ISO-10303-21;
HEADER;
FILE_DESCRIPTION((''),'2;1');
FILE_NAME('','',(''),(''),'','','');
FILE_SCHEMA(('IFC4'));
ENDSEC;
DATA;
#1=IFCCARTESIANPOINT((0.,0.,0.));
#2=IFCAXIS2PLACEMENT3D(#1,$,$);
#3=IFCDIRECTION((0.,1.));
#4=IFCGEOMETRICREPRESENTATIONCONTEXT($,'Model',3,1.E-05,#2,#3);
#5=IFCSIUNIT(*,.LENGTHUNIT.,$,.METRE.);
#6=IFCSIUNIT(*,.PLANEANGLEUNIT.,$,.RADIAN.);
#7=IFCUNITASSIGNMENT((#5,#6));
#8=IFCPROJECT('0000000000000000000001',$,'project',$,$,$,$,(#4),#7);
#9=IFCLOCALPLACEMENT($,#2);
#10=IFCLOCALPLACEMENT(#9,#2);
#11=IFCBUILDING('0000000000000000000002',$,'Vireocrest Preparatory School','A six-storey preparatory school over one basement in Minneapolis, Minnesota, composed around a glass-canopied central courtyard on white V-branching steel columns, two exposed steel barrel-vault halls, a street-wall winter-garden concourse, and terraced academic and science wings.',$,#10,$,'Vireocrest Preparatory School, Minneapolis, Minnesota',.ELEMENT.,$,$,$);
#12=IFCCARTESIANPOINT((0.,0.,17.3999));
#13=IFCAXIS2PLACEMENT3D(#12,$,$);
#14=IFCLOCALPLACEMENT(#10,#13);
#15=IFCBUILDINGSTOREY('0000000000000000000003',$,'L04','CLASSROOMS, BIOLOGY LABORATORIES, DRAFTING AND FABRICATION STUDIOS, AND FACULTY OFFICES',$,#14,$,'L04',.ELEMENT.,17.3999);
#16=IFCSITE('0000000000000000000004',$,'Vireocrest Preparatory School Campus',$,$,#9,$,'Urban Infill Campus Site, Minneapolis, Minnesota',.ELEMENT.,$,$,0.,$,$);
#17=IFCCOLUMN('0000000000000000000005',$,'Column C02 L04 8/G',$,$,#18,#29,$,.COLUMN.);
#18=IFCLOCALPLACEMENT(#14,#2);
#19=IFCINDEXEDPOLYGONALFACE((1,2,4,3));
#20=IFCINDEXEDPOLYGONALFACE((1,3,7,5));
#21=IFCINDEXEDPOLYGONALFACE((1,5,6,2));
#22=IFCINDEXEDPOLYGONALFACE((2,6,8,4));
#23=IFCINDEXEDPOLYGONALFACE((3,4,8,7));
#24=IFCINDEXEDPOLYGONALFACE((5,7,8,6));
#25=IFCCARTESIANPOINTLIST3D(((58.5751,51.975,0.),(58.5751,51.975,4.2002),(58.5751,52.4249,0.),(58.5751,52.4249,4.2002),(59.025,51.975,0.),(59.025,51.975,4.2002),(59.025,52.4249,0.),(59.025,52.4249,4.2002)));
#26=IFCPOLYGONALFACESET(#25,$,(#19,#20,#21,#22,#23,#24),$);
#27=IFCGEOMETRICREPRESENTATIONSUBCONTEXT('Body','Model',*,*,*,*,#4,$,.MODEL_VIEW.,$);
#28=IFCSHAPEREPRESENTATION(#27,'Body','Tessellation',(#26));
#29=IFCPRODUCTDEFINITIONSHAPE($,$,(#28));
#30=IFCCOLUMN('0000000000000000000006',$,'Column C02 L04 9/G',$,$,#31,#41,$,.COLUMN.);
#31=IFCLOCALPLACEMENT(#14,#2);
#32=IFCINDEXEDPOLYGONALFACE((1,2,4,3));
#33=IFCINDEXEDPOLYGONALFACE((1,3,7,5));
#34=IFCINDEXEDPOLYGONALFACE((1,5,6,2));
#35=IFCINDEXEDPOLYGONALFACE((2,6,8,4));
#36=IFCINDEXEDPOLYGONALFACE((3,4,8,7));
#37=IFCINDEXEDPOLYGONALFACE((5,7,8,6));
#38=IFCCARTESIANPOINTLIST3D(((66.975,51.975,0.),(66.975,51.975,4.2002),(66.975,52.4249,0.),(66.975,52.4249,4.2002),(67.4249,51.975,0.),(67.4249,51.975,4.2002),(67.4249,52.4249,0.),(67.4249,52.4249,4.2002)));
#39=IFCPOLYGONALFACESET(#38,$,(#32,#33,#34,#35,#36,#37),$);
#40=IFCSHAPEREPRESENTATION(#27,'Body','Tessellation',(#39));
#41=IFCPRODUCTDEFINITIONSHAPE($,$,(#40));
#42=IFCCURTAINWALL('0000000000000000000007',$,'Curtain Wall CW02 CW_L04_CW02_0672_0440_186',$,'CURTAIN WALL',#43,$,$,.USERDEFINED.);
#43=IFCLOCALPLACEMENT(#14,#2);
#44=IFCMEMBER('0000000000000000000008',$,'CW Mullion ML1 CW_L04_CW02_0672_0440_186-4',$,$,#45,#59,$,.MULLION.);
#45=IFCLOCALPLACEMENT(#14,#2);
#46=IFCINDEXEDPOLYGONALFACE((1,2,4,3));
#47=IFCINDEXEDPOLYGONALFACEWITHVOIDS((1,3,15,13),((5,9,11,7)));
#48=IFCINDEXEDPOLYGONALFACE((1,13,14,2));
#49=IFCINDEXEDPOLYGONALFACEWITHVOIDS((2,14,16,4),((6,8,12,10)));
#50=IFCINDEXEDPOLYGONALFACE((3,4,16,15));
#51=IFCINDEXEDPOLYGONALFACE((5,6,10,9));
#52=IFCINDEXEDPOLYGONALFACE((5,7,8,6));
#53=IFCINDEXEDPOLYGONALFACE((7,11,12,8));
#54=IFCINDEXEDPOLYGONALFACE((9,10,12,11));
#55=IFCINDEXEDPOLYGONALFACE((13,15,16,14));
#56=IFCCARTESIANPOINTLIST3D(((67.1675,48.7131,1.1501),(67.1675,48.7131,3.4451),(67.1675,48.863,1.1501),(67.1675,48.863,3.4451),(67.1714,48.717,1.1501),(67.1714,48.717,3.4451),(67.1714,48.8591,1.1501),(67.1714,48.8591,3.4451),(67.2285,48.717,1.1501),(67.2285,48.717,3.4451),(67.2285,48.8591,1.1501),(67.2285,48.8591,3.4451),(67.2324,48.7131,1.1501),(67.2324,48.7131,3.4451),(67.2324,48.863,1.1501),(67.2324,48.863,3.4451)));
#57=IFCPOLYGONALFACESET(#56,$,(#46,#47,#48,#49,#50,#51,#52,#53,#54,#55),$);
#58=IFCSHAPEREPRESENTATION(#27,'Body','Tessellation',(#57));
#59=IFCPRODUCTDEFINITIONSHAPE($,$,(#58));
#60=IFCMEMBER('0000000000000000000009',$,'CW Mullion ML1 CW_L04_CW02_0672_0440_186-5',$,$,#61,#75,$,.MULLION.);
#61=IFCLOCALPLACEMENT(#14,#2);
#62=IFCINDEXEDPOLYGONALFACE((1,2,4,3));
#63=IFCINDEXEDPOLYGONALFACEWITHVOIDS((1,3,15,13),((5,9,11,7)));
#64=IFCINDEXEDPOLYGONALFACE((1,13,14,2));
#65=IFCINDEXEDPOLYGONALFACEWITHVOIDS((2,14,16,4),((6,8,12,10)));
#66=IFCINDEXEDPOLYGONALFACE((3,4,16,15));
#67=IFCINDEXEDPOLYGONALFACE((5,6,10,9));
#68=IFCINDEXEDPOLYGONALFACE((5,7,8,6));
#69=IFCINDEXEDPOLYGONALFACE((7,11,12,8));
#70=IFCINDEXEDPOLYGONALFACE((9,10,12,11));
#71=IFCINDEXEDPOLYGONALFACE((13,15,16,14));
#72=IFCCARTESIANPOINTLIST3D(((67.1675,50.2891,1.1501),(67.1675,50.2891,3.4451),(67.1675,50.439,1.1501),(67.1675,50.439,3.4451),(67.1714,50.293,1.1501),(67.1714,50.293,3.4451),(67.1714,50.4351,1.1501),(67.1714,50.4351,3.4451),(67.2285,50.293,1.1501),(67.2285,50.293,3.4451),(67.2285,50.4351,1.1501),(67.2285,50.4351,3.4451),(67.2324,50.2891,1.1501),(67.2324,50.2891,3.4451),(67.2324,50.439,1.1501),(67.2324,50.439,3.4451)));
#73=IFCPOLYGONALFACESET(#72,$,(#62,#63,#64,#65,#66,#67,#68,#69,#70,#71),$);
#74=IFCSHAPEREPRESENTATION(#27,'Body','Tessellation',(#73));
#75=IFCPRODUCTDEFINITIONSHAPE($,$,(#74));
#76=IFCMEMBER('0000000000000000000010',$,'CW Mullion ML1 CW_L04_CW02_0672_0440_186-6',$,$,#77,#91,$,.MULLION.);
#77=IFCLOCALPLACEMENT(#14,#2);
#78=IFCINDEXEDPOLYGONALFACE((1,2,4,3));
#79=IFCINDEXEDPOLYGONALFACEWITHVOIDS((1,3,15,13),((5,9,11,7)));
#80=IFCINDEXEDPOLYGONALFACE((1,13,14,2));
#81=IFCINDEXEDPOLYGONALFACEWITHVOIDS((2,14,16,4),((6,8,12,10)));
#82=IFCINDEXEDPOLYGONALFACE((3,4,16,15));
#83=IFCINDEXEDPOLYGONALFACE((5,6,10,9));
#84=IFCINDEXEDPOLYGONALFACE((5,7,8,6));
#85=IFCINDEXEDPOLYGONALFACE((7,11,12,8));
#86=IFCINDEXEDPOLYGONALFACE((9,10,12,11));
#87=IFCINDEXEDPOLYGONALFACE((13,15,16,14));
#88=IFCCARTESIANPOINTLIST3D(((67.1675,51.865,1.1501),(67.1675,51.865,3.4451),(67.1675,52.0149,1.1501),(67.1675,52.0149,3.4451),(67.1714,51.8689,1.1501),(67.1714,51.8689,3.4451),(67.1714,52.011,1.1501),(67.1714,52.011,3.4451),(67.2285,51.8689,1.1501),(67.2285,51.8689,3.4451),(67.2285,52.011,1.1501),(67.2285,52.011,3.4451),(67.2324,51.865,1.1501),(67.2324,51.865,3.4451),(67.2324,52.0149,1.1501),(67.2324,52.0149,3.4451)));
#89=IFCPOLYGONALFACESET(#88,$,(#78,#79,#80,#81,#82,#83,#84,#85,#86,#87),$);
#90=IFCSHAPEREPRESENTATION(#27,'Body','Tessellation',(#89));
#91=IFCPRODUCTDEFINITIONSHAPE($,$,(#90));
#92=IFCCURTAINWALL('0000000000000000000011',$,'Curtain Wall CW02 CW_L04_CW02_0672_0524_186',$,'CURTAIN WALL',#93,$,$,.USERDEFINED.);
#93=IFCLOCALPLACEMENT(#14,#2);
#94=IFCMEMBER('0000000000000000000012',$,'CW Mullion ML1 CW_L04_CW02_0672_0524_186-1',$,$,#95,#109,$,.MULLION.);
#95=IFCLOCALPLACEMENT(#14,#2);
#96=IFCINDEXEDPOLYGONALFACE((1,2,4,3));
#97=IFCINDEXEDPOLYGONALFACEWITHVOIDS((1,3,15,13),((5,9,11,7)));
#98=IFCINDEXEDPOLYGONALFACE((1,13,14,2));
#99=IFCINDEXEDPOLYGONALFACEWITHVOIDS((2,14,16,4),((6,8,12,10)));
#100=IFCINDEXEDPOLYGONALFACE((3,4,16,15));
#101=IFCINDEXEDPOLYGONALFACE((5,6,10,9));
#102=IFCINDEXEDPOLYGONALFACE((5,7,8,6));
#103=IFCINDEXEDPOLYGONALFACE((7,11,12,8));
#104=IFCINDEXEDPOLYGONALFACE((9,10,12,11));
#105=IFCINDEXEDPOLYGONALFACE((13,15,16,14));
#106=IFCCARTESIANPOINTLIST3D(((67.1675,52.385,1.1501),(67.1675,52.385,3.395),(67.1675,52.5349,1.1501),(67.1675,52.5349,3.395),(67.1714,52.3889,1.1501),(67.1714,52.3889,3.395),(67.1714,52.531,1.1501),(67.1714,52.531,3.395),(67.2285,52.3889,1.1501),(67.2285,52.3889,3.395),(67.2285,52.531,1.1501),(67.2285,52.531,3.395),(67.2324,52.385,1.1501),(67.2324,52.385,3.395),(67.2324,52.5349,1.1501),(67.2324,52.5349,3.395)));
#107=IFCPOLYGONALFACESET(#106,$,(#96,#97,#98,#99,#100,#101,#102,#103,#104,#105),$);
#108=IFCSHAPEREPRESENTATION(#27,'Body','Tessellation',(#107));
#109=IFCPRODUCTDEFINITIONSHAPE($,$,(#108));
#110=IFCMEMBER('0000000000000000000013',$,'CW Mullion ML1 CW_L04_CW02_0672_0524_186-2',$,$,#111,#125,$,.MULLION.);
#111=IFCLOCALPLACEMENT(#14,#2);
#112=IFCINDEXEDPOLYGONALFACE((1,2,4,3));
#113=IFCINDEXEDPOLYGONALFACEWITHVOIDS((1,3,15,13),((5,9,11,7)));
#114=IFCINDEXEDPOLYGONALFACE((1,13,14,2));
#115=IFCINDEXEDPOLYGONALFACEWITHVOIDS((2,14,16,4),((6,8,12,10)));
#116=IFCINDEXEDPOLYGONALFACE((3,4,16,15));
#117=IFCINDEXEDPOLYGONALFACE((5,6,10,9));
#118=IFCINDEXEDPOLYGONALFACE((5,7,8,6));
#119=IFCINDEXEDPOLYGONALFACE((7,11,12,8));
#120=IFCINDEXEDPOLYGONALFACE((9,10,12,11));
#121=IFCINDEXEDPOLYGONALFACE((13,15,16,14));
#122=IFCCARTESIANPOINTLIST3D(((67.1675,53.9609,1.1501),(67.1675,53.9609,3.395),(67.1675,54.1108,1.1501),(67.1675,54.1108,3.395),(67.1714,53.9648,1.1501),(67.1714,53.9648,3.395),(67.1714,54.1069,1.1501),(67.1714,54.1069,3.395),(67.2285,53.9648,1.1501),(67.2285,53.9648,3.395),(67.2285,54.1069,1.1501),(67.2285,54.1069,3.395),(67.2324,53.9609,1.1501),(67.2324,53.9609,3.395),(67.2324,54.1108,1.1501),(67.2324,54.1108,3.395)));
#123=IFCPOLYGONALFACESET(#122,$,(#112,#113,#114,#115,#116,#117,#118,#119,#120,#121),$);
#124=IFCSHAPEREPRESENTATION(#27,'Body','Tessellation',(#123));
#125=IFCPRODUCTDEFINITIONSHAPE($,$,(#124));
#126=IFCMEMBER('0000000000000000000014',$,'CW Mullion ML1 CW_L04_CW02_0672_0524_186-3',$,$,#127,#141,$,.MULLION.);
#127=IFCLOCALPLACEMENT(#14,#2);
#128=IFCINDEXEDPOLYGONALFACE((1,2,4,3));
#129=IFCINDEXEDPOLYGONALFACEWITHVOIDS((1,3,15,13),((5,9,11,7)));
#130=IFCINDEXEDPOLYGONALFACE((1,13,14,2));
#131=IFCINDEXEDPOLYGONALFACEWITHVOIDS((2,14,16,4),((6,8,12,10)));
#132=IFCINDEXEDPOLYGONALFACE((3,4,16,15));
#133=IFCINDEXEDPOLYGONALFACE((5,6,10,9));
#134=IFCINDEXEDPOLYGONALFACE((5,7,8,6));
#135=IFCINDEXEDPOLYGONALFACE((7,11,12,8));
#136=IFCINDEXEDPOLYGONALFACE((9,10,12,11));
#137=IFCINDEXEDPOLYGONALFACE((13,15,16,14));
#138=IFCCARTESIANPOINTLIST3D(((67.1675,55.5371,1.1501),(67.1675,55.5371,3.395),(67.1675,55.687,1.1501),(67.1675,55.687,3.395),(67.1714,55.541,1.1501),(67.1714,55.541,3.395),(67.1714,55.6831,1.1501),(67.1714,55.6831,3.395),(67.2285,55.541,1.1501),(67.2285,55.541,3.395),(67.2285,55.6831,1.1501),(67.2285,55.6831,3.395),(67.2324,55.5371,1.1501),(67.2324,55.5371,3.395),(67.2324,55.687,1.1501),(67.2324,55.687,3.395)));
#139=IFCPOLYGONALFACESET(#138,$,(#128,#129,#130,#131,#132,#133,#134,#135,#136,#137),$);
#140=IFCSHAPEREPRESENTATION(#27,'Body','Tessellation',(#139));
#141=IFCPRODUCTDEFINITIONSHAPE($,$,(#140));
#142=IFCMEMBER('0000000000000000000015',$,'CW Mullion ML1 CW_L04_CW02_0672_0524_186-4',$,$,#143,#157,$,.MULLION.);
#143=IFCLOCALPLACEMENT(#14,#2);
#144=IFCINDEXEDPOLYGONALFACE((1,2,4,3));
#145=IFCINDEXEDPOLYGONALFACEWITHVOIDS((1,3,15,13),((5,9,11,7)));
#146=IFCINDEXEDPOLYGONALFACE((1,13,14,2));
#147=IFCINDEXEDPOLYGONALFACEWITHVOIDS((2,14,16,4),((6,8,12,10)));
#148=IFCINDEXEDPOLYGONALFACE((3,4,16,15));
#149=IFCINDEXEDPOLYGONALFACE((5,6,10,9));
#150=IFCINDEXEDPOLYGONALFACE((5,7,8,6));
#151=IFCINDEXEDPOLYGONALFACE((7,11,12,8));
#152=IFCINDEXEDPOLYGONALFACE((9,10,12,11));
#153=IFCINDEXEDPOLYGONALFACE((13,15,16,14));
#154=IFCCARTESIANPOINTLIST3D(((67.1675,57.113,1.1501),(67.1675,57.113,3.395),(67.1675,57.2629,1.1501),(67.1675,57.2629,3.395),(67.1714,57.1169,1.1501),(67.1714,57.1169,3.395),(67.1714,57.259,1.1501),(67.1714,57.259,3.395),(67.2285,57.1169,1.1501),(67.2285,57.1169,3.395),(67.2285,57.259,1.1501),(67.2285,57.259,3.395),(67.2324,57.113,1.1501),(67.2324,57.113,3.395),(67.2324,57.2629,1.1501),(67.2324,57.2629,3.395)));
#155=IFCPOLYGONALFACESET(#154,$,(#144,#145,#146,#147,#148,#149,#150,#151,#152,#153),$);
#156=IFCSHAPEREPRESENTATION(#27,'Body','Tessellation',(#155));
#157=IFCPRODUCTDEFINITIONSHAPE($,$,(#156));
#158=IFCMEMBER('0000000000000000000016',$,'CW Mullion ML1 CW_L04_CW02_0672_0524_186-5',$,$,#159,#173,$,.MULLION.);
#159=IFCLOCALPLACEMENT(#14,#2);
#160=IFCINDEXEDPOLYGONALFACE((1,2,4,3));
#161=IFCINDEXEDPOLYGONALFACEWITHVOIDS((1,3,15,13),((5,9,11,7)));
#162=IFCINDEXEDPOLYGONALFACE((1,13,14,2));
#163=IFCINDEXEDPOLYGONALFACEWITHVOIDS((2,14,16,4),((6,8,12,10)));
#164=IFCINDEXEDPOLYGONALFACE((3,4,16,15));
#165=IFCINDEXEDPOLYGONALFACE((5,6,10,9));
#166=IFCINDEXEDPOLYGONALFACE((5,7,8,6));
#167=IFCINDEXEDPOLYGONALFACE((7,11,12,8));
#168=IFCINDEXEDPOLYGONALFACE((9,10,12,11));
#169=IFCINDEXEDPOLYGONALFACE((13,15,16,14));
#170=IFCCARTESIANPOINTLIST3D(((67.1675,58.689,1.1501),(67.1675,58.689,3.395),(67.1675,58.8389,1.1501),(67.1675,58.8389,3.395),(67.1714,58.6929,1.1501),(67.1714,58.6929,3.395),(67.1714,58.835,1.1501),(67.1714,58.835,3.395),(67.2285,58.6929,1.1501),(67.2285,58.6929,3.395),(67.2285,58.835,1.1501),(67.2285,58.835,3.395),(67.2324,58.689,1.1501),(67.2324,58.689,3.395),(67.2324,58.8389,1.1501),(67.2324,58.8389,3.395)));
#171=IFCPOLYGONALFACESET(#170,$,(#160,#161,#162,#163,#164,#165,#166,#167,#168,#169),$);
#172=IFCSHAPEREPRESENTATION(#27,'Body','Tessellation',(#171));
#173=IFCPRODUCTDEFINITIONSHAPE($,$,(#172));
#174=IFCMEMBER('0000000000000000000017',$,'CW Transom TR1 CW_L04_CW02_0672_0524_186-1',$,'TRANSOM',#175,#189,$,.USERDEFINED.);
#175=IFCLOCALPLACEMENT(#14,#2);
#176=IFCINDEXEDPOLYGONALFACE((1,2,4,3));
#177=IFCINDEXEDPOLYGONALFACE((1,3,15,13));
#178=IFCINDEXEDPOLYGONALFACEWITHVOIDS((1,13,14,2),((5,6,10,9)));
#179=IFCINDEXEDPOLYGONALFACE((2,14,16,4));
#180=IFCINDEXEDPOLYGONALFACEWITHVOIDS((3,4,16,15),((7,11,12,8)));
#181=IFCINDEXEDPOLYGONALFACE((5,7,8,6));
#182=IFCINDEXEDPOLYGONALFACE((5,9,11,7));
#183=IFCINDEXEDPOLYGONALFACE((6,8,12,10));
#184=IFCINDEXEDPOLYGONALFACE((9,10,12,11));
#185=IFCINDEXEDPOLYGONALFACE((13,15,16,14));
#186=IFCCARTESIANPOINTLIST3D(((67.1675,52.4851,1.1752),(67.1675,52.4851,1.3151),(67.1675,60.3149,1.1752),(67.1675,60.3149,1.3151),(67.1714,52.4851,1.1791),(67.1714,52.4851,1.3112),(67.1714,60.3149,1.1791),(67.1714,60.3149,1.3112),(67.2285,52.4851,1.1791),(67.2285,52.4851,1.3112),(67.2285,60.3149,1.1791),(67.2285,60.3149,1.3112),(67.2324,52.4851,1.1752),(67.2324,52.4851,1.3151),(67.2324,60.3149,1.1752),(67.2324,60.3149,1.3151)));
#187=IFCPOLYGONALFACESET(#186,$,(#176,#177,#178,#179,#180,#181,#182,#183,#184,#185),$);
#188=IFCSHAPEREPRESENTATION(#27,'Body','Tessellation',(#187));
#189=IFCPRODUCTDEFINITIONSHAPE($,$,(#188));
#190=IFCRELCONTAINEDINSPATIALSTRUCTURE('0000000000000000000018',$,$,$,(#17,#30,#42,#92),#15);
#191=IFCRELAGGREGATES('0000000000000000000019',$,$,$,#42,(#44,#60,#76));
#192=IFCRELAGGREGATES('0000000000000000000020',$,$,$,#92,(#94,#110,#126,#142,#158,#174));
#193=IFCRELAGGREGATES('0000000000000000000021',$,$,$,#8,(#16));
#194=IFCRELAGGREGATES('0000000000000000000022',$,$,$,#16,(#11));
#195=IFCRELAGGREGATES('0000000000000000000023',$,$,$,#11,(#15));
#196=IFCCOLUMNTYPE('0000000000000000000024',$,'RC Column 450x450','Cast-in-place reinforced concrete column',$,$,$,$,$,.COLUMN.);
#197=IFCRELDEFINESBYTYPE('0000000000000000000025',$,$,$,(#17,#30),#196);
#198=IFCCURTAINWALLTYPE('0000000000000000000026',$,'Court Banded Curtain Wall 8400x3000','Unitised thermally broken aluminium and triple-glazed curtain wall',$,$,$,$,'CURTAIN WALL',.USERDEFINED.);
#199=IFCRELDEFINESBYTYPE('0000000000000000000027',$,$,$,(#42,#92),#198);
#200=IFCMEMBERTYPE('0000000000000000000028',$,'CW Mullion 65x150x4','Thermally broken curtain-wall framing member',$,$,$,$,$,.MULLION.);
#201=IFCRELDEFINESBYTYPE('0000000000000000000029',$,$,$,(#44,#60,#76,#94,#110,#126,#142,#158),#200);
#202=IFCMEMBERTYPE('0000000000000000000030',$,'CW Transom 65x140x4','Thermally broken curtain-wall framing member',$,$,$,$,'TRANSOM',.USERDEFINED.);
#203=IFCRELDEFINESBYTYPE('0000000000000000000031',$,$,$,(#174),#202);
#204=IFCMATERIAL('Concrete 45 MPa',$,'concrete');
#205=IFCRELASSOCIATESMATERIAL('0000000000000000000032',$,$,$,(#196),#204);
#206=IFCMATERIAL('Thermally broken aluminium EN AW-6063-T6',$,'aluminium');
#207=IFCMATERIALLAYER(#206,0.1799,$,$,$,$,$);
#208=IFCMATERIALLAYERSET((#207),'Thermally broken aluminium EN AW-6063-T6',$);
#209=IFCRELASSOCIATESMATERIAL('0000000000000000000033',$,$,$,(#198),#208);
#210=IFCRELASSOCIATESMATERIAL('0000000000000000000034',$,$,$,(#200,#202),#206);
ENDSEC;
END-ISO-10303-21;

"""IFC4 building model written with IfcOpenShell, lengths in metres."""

from ifc_helpers import new_model, si_unit, direction, frame, origin, origin_2d, place, context, subcontext, project, spatial, rectangle, hollow_rectangle, extrude, material, layer, layer_set, material_profile, profile_set, type_object, element, aggregate, save


model = new_model("IFC4")

# Units and contexts
model_context = context("Model", 3, precision=1e-05, world=origin(), true_north=direction((0.0, 1.0)))
body_context = subcontext(model_context, "Body", "Model", "MODEL_VIEW")
ifc_project = project(units=[si_unit("LENGTHUNIT", "METRE"), si_unit("PLANEANGLEUNIT", "RADIAN")], contexts=[model_context])

# Site, building, storey
site_placement = place(None, origin())
site = spatial("IfcSite", under=ifc_project, at=site_placement, Name="Vireocrest Preparatory School Campus", LongName="Urban Infill Campus Site, Minneapolis, Minnesota", CompositionType="ELEMENT", RefElevation=0.0)
building_placement = place(site_placement, origin())
building = spatial("IfcBuilding", under=site, at=building_placement, Name="Vireocrest Preparatory School", Description="A six-storey preparatory school over one basement in Minneapolis, Minnesota, composed around a glass-canopied central courtyard on white V-branching steel columns, two exposed steel barrel-vault halls, a street-wall winter-garden concourse, and terraced academic and science wings.", LongName="Vireocrest Preparatory School, Minneapolis, Minnesota", CompositionType="ELEMENT")
storey_placement = place(building_placement, frame((0.0, 0.0, 17.3999)))
storey = spatial("IfcBuildingStorey", under=building, at=storey_placement, Name="L04", Description="CLASSROOMS, BIOLOGY LABORATORIES, DRAFTING AND FABRICATION STUDIOS, AND FACULTY OFFICES", LongName="L04", CompositionType="ELEMENT", Elevation=17.3999)

# Columns
ifc_material_1 = material(Name="Concrete 45 MPa", Category="concrete")
ifc_material_profile_1 = material_profile(ifc_material_1, rectangle(XDim=0.45, YDim=0.45, at=origin_2d()), Name="RC 450x450")
ifc_profile_set_1 = profile_set([ifc_material_profile_1], Name="Concrete 45 MPa")
column_type = type_object("IfcColumnType", Name="RC Column 450x450", Description="Cast-in-place reinforced concrete column", PredefinedType="COLUMN", material=ifc_profile_set_1)
for number, where, z_axis, x_axis, name in (
    (1, (58.8, 52.2, 0.0), (0.0, 0.0, 1.0), (1.0, 0.0, 0.0), "Column C02 L04 8/G"),
    (2, (67.2, 52.2, 0.0), (0.0, 0.0, 1.0), (1.0, 0.0, 0.0), "Column C02 L04 9/G"),
):
    element("IfcColumn", number, at=place(storey_placement, frame(where, z_axis=z_axis, x_axis=x_axis)), inside=storey, type_object=column_type, Name=name, PredefinedType="COLUMN", context=body_context, shape_type="SweptSolid", body=[
        extrude(rectangle(XDim=0.45, YDim=0.45, at=origin_2d()), origin(), (0.0, 0.0, 1.0), 4.2002),
    ])

# Curtain walls, members
ifc_material_2 = material(Name="Thermally broken aluminium EN AW-6063-T6", Category="aluminium")
ifc_layer_1 = layer(ifc_material_2, 0.1799)
ifc_layer_set_1 = layer_set([ifc_layer_1], Name="Thermally broken aluminium EN AW-6063-T6")
curtain_wall_type = type_object("IfcCurtainWallType", Name="Court Banded Curtain Wall 8400x3000", Description="Unitised thermally broken aluminium and triple-glazed curtain wall", ElementType="CURTAIN WALL", PredefinedType="USERDEFINED", material=ifc_layer_set_1)
curtain_wall_1_placement = place(storey_placement, origin())
curtain_wall_1 = element("IfcCurtainWall", 3, at=curtain_wall_1_placement, inside=storey, type_object=curtain_wall_type, Name="Curtain Wall CW02 CW_L04_CW02_0672_0440_186", ObjectType="CURTAIN WALL", PredefinedType="USERDEFINED")
ifc_material_profile_2 = material_profile(ifc_material_2, hollow_rectangle(XDim=0.0649, YDim=0.1499, WallThickness=0.0039, at=origin_2d()), Name="ALU 65x150x4")
ifc_profile_set_2 = profile_set([ifc_material_profile_2], Name="Thermally broken aluminium EN AW-6063-T6")
member_type_1 = type_object("IfcMemberType", Name="CW Mullion 65x150x4", Description="Thermally broken curtain-wall framing member", PredefinedType="MULLION", material=ifc_profile_set_2)
member_1_placement = place(storey_placement, frame((67.2, 48.7881, 1.1501), z_axis=(0.0, 0.0, 1.0), x_axis=(1.0, 0.0, 0.0)))
member_1 = element("IfcMember", 4, at=member_1_placement, type_object=member_type_1, Name="CW Mullion ML1 CW_L04_CW02_0672_0440_186-4", PredefinedType="MULLION", context=body_context, shape_type="SweptSolid", body=[
    extrude(hollow_rectangle(XDim=0.0649, YDim=0.1499, WallThickness=0.0039, at=origin_2d()), origin(), (0.0, 0.0, 1.0), 2.2949),
])
member_2_placement = place(storey_placement, frame((67.2, 50.364, 1.1501), z_axis=(0.0, 0.0, 1.0), x_axis=(1.0, 0.0, 0.0)))
member_2 = element("IfcMember", 5, at=member_2_placement, type_object=member_type_1, Name="CW Mullion ML1 CW_L04_CW02_0672_0440_186-5", PredefinedType="MULLION", context=body_context, shape_type="SweptSolid", body=[
    extrude(hollow_rectangle(XDim=0.0649, YDim=0.1499, WallThickness=0.0039, at=origin_2d()), origin(), (0.0, 0.0, 1.0), 2.2949),
])
member_3_placement = place(storey_placement, frame((67.2, 51.9399, 1.1501), z_axis=(0.0, 0.0, 1.0), x_axis=(1.0, 0.0, 0.0)))
member_3 = element("IfcMember", 6, at=member_3_placement, type_object=member_type_1, Name="CW Mullion ML1 CW_L04_CW02_0672_0440_186-6", PredefinedType="MULLION", context=body_context, shape_type="SweptSolid", body=[
    extrude(hollow_rectangle(XDim=0.0649, YDim=0.1499, WallThickness=0.0039, at=origin_2d()), origin(), (0.0, 0.0, 1.0), 2.2949),
])
curtain_wall_2_placement = place(storey_placement, origin())
curtain_wall_2 = element("IfcCurtainWall", 7, at=curtain_wall_2_placement, inside=storey, type_object=curtain_wall_type, Name="Curtain Wall CW02 CW_L04_CW02_0672_0524_186", ObjectType="CURTAIN WALL", PredefinedType="USERDEFINED")
member_4_placement = place(storey_placement, frame((67.2, 52.46, 1.1501), z_axis=(0.0, 0.0, 1.0), x_axis=(1.0, 0.0, 0.0)))
member_4 = element("IfcMember", 8, at=member_4_placement, type_object=member_type_1, Name="CW Mullion ML1 CW_L04_CW02_0672_0524_186-1", PredefinedType="MULLION", context=body_context, shape_type="SweptSolid", body=[
    extrude(hollow_rectangle(XDim=0.0649, YDim=0.1499, WallThickness=0.0039, at=origin_2d()), origin(), (0.0, 0.0, 1.0), 2.2449),
])
member_5_placement = place(storey_placement, frame((67.2, 54.0359, 1.1501), z_axis=(0.0, 0.0, 1.0), x_axis=(1.0, 0.0, 0.0)))
member_5 = element("IfcMember", 9, at=member_5_placement, type_object=member_type_1, Name="CW Mullion ML1 CW_L04_CW02_0672_0524_186-2", PredefinedType="MULLION", context=body_context, shape_type="SweptSolid", body=[
    extrude(hollow_rectangle(XDim=0.0649, YDim=0.1499, WallThickness=0.0039, at=origin_2d()), origin(), (0.0, 0.0, 1.0), 2.2449),
])
member_6_placement = place(storey_placement, frame((67.2, 55.6121, 1.1501), z_axis=(0.0, 0.0, 1.0), x_axis=(1.0, 0.0, 0.0)))
member_6 = element("IfcMember", 10, at=member_6_placement, type_object=member_type_1, Name="CW Mullion ML1 CW_L04_CW02_0672_0524_186-3", PredefinedType="MULLION", context=body_context, shape_type="SweptSolid", body=[
    extrude(hollow_rectangle(XDim=0.0649, YDim=0.1499, WallThickness=0.0039, at=origin_2d()), origin(), (0.0, 0.0, 1.0), 2.2449),
])
member_7_placement = place(storey_placement, frame((67.2, 57.188, 1.1501), z_axis=(0.0, 0.0, 1.0), x_axis=(1.0, 0.0, 0.0)))
member_7 = element("IfcMember", 11, at=member_7_placement, type_object=member_type_1, Name="CW Mullion ML1 CW_L04_CW02_0672_0524_186-4", PredefinedType="MULLION", context=body_context, shape_type="SweptSolid", body=[
    extrude(hollow_rectangle(XDim=0.0649, YDim=0.1499, WallThickness=0.0039, at=origin_2d()), origin(), (0.0, 0.0, 1.0), 2.2449),
])
member_8_placement = place(storey_placement, frame((67.2, 58.7639, 1.1501), z_axis=(0.0, 0.0, 1.0), x_axis=(1.0, 0.0, 0.0)))
member_8 = element("IfcMember", 12, at=member_8_placement, type_object=member_type_1, Name="CW Mullion ML1 CW_L04_CW02_0672_0524_186-5", PredefinedType="MULLION", context=body_context, shape_type="SweptSolid", body=[
    extrude(hollow_rectangle(XDim=0.0649, YDim=0.1499, WallThickness=0.0039, at=origin_2d()), origin(), (0.0, 0.0, 1.0), 2.2449),
])
ifc_material_profile_3 = material_profile(ifc_material_2, hollow_rectangle(XDim=0.0649, YDim=0.1399, WallThickness=0.0039, at=origin_2d()), Name="ALU 65x140x4")
ifc_profile_set_3 = profile_set([ifc_material_profile_3], Name="Thermally broken aluminium EN AW-6063-T6")
member_type_2 = type_object("IfcMemberType", Name="CW Transom 65x140x4", Description="Thermally broken curtain-wall framing member", ElementType="TRANSOM", PredefinedType="USERDEFINED", material=ifc_profile_set_3)
member_9_placement = place(storey_placement, frame((67.2, 52.4851, 1.2451), z_axis=(0.0, 1.0, 0.0), x_axis=(-1.0, 0.0, 0.0)))
member_9 = element("IfcMember", 13, at=member_9_placement, type_object=member_type_2, Name="CW Transom TR1 CW_L04_CW02_0672_0524_186-1", ObjectType="TRANSOM", PredefinedType="USERDEFINED", context=body_context, shape_type="SweptSolid", body=[
    extrude(hollow_rectangle(XDim=0.0649, YDim=0.1399, WallThickness=0.0039, at=origin_2d()), origin(), (0.0, 0.0, 1.0), 7.8298),
])

aggregate(curtain_wall_1, [member_1, member_2, member_3])
aggregate(curtain_wall_2, [member_4, member_5, member_6, member_7, member_8, member_9])

save(model, "model.ifc")
